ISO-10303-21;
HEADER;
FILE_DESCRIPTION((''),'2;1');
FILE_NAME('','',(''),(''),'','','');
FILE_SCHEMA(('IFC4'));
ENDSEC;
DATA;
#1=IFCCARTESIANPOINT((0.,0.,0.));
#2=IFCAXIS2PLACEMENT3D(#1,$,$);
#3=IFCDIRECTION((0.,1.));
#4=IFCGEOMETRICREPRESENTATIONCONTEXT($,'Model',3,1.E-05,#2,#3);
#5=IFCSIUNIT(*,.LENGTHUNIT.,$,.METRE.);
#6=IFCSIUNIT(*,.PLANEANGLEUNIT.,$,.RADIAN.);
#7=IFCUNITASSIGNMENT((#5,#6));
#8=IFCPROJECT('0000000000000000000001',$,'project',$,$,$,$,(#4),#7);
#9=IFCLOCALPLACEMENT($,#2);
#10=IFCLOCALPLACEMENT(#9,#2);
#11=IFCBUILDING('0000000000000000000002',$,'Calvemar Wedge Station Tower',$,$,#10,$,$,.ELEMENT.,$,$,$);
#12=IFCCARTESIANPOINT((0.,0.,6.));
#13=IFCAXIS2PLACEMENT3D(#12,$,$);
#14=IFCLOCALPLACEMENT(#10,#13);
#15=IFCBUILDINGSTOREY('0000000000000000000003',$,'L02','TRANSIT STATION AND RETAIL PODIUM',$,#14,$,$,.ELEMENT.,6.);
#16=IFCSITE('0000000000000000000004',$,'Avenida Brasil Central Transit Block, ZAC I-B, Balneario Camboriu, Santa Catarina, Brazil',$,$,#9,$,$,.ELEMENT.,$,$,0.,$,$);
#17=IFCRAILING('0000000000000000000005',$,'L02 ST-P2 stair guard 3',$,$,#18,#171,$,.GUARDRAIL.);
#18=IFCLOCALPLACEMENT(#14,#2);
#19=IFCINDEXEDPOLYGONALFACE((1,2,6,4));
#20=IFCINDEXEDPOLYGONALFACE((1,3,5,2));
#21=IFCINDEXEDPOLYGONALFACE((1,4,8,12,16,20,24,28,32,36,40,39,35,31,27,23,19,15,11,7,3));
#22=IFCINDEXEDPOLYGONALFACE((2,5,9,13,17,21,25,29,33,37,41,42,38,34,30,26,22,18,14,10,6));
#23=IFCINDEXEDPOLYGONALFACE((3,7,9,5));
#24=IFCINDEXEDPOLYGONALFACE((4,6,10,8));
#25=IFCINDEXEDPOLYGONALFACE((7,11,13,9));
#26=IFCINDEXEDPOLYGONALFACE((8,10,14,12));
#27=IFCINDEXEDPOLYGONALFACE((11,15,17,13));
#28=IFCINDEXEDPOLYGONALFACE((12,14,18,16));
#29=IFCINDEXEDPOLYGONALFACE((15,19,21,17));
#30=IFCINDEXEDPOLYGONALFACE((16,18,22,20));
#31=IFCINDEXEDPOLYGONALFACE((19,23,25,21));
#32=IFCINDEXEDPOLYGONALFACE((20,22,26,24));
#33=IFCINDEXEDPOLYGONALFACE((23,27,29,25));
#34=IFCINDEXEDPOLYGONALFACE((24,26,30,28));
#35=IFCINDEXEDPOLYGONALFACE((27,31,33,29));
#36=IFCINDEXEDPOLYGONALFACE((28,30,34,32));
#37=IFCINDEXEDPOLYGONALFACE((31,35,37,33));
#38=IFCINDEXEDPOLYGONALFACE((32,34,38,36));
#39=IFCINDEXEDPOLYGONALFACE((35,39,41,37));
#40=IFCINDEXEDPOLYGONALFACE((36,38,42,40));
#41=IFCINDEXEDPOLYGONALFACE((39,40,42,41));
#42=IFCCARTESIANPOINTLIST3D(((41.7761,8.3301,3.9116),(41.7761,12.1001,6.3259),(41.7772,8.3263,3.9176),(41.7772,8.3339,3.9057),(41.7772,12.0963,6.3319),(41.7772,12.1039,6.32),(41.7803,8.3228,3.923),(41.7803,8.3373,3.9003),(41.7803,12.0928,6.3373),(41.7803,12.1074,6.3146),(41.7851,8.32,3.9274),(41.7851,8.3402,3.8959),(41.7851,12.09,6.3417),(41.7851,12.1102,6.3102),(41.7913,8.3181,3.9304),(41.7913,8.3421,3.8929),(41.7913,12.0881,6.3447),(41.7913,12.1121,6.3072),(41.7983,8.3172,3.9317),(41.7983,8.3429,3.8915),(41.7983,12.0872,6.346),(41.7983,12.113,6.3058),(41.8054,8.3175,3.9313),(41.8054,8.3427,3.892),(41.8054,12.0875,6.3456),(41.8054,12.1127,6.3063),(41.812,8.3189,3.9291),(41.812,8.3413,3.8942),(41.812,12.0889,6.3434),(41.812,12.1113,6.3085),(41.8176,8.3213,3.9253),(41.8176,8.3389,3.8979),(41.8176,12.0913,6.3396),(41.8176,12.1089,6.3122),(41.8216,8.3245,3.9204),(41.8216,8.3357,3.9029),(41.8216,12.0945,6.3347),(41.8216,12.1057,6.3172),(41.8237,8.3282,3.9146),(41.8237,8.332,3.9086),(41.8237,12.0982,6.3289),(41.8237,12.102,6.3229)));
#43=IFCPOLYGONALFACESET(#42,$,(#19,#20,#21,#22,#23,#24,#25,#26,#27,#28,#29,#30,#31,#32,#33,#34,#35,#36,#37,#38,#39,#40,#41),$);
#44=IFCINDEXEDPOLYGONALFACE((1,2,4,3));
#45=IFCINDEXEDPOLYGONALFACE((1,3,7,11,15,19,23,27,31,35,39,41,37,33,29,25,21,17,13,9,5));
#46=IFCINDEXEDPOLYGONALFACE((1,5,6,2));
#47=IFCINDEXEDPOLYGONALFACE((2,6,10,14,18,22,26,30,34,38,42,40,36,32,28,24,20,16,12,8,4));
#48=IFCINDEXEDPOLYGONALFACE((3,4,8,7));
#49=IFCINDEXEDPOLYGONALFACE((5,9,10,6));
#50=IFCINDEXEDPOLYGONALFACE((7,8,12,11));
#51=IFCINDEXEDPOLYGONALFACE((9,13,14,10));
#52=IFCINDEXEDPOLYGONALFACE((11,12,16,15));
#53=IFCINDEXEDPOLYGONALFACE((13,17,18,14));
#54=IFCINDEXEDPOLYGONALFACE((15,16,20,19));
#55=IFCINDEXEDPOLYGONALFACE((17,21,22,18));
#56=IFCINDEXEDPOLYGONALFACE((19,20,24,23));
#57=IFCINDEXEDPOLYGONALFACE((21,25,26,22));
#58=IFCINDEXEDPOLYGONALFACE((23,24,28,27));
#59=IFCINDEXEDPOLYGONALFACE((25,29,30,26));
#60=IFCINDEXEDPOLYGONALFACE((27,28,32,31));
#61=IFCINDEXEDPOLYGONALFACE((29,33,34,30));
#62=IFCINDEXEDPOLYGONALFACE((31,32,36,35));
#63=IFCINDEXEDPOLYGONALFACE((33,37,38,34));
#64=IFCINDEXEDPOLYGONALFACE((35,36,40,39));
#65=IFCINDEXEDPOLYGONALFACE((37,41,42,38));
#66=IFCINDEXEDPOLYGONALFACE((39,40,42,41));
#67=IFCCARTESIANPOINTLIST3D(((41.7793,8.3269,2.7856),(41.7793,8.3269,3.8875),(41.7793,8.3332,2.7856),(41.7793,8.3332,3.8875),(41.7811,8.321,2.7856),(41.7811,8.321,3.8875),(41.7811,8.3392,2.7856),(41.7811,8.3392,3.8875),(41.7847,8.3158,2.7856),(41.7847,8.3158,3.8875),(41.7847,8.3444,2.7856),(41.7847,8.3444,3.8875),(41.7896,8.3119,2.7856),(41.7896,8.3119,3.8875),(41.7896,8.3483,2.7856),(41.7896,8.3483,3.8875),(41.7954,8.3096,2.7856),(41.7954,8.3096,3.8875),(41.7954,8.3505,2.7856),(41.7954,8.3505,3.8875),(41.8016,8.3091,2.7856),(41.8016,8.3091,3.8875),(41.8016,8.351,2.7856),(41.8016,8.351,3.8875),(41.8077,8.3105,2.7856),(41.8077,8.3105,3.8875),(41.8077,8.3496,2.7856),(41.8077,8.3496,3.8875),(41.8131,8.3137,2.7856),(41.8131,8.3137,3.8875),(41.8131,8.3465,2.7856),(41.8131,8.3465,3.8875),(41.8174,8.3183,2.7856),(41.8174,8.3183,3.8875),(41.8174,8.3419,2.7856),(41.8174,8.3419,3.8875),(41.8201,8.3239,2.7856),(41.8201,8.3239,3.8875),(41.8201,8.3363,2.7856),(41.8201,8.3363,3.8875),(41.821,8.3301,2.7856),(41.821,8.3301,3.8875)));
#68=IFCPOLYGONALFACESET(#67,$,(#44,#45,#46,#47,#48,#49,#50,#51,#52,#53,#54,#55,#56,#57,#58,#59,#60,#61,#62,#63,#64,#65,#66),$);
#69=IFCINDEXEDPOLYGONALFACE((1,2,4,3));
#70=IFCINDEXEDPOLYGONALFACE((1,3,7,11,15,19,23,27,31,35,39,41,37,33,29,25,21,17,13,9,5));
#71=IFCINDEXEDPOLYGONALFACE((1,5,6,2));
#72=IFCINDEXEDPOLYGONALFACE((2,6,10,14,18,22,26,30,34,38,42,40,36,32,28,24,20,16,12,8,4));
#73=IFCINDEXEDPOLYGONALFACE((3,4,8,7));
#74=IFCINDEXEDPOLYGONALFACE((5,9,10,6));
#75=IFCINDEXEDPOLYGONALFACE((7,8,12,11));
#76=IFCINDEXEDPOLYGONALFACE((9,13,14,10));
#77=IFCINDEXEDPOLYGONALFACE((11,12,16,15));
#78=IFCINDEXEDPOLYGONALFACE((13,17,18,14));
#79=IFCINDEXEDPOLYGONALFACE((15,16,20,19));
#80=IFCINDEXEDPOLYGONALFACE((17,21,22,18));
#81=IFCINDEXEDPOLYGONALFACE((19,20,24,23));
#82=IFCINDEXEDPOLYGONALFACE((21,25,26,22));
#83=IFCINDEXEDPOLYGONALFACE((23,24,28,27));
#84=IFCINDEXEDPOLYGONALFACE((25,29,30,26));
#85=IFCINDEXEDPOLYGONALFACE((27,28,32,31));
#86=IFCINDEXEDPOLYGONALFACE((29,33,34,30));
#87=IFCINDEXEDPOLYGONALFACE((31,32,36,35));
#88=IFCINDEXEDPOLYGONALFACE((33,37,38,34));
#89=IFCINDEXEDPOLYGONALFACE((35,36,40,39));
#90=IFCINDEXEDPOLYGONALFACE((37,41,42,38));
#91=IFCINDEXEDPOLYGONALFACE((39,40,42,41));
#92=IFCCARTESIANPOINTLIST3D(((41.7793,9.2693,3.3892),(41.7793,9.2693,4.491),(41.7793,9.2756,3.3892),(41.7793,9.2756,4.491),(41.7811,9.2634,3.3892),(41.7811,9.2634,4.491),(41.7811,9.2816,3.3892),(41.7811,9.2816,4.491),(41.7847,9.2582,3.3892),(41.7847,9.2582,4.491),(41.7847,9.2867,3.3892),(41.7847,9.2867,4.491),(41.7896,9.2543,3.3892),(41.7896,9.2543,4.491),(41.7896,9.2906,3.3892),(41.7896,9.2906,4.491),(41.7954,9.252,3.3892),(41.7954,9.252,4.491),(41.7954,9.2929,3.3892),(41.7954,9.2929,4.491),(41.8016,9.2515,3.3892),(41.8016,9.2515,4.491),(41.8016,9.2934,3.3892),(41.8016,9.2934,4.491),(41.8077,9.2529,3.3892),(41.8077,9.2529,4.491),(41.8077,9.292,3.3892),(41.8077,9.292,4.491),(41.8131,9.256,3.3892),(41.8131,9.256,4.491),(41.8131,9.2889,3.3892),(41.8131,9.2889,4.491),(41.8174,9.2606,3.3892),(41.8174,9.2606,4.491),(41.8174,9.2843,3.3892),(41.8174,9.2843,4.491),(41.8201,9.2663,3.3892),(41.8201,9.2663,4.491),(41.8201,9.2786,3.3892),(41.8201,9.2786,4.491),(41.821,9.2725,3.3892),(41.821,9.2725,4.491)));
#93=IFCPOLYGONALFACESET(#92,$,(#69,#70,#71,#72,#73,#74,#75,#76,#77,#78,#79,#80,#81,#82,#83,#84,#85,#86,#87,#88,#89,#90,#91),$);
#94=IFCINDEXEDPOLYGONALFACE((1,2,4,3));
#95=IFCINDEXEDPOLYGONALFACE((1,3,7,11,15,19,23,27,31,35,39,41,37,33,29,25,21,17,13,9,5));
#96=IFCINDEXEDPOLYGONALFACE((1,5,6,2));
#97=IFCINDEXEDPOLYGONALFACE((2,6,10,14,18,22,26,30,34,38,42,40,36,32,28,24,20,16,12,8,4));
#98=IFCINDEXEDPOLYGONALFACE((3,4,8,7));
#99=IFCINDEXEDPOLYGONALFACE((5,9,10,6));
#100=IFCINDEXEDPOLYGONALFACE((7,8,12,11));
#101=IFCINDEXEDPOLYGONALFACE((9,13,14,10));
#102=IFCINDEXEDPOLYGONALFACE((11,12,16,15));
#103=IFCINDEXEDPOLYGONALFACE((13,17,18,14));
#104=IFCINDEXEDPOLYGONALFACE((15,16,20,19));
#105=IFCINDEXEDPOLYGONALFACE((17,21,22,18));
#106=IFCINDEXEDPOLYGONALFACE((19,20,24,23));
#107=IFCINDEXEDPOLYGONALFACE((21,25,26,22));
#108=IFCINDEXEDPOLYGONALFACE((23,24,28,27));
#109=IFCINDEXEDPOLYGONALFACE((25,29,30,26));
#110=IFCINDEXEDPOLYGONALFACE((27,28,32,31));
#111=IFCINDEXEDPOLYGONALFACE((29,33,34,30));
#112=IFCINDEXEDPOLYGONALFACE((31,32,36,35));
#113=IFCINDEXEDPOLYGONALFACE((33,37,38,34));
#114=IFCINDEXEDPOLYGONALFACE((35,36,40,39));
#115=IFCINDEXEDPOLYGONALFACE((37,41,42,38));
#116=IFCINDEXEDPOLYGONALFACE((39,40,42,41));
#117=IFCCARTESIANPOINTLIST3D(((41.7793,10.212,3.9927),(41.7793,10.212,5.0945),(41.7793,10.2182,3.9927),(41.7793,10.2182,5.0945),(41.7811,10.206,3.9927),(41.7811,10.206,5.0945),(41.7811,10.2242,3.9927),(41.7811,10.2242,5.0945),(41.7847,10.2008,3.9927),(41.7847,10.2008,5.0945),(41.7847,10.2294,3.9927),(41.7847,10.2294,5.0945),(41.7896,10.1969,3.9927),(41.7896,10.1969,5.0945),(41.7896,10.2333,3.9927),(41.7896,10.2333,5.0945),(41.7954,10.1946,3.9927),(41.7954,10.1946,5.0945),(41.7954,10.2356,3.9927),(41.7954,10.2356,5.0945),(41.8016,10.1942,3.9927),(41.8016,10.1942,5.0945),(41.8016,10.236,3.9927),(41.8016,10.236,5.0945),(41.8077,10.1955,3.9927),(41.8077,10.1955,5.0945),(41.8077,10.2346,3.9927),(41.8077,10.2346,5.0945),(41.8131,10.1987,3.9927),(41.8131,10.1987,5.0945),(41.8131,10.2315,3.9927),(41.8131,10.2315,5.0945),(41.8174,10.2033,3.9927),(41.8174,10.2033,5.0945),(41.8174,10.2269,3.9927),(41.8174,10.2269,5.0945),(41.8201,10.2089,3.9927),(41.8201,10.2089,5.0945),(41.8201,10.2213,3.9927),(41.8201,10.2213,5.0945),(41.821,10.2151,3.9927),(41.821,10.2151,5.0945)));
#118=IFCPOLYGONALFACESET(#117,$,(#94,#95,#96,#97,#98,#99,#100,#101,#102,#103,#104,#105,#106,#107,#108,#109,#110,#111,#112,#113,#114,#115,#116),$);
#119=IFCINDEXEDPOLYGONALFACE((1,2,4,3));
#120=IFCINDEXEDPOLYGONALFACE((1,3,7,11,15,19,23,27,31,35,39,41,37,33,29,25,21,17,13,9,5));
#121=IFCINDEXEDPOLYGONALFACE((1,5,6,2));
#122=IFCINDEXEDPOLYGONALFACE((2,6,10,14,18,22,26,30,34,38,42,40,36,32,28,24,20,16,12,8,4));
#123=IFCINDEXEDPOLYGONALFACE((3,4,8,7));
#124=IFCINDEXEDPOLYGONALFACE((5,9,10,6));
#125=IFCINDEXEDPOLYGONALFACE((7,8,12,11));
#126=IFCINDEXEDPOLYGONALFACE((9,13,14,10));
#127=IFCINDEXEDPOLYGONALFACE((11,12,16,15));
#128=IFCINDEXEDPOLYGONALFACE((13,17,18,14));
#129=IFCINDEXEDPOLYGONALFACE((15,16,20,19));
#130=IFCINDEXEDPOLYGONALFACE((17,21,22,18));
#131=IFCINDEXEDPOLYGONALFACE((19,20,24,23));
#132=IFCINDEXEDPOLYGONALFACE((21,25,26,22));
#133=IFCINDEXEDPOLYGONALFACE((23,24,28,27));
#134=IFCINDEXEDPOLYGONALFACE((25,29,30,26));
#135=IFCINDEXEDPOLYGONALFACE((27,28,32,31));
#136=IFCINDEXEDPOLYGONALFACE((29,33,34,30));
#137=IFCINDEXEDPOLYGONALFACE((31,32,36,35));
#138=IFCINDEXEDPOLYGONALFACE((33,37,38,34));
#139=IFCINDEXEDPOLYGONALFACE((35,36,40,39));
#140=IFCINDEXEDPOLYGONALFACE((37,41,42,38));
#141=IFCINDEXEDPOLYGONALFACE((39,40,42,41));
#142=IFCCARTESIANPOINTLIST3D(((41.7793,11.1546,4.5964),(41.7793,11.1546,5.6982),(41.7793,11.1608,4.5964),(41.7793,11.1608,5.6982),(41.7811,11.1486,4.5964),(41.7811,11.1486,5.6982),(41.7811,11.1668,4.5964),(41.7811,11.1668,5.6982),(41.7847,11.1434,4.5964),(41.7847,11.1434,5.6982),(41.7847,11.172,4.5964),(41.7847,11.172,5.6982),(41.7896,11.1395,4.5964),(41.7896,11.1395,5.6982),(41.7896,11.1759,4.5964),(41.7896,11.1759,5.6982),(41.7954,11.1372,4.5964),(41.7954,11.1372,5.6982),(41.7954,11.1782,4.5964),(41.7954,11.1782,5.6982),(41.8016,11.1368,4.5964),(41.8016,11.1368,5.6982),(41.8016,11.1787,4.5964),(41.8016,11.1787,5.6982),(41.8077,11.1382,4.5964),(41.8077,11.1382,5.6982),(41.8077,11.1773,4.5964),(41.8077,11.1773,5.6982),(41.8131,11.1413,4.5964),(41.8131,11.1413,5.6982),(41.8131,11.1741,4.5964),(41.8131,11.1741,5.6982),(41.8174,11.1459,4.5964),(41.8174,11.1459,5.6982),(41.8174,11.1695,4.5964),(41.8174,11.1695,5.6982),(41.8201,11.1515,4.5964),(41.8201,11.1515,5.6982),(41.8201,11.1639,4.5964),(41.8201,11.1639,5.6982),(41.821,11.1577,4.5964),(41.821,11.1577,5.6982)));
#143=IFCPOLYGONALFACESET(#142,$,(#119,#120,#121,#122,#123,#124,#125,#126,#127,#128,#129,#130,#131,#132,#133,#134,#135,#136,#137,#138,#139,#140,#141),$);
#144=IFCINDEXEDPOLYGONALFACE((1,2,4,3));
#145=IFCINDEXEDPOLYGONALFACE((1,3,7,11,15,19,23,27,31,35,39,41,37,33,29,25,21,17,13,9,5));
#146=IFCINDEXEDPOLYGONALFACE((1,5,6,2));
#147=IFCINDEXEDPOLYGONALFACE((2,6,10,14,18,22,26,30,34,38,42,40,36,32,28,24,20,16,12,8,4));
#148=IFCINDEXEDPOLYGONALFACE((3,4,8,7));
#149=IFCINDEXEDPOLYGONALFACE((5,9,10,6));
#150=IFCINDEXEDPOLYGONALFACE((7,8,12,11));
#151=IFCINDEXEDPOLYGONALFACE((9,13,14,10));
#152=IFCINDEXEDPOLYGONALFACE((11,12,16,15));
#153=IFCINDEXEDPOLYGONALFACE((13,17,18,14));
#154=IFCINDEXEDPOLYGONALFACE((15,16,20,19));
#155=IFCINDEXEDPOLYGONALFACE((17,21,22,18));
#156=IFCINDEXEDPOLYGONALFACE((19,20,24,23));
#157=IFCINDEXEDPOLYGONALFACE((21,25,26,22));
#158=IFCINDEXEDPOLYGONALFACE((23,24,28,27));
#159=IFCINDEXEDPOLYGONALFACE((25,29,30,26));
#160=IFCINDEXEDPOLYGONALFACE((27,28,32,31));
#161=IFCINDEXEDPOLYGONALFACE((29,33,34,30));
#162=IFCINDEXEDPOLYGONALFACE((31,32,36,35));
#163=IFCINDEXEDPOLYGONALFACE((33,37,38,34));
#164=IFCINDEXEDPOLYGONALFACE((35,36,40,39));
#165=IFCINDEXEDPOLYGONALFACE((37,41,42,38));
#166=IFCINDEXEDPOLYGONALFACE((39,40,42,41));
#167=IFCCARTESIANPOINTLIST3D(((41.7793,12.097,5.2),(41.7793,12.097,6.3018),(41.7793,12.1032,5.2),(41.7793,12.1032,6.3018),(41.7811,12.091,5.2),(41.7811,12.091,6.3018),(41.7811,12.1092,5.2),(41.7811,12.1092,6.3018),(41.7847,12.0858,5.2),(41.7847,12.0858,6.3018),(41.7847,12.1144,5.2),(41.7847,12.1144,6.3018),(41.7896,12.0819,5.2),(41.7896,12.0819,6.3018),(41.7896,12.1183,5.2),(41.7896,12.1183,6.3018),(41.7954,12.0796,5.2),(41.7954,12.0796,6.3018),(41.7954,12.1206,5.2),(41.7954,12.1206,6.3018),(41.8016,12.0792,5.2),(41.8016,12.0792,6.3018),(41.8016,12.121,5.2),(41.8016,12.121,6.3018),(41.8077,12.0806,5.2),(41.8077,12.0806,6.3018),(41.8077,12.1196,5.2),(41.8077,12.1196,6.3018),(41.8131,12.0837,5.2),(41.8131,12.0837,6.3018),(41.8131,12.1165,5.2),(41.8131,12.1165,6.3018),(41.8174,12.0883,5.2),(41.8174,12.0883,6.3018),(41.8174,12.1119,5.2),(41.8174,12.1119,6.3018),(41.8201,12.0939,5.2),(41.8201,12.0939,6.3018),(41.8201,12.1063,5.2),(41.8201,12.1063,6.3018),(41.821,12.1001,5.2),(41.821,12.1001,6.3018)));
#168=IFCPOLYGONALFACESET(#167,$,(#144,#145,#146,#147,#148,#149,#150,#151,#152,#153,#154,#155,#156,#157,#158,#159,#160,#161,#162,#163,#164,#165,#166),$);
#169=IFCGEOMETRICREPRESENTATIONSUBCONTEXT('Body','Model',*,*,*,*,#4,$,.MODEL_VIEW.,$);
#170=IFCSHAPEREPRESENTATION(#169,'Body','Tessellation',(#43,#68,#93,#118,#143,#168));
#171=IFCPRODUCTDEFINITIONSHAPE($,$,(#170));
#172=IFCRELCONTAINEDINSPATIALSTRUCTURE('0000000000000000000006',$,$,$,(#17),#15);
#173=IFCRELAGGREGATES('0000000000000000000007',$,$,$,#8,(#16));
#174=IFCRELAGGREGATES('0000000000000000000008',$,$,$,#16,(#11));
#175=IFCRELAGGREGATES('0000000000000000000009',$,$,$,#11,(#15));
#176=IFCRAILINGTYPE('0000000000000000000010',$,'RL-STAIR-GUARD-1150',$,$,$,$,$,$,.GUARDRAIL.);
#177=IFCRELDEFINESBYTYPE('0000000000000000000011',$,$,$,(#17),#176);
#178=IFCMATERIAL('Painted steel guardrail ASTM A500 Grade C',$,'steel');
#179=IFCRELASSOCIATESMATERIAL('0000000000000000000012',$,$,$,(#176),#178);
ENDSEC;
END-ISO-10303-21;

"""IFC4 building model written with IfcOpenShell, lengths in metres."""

from ifc_helpers import new_model, si_unit, direction, frame, origin, origin_2d, place, context, subcontext, project, spatial, circle, extrude, material, type_object, element, save


model = new_model("IFC4")

# Units and contexts
model_context = context("Model", 3, precision=1e-05, world=origin(), true_north=direction((0.0, 1.0)))
body_context = subcontext(model_context, "Body", "Model", "MODEL_VIEW")
ifc_project = project(units=[si_unit("LENGTHUNIT", "METRE"), si_unit("PLANEANGLEUNIT", "RADIAN")], contexts=[model_context])

# Site, building, storey
site_placement = place(None, origin())
site = spatial("IfcSite", under=ifc_project, at=site_placement, Name="Avenida Brasil Central Transit Block, ZAC I-B, Balneario Camboriu, Santa Catarina, Brazil", CompositionType="ELEMENT", RefElevation=0.0)
building_placement = place(site_placement, origin())
building = spatial("IfcBuilding", under=site, at=building_placement, Name="Calvemar Wedge Station Tower", CompositionType="ELEMENT")
storey_placement = place(building_placement, frame((0.0, 0.0, 6.0)))
storey = spatial("IfcBuildingStorey", under=building, at=storey_placement, Name="L02", Description="TRANSIT STATION AND RETAIL PODIUM", CompositionType="ELEMENT", Elevation=6.0)

# Railing
ifc_material_1 = material(Name="Painted steel guardrail ASTM A500 Grade C", Category="steel")
railing_type_1 = type_object("IfcRailingType", Name="RL-STAIR-GUARD-1150", PredefinedType="GUARDRAIL", material=ifc_material_1)
railing_1_placement = place(storey_placement, frame((41.8, 8.3301, 2.7856)))
element("IfcRailing", 1, at=railing_1_placement, inside=storey, type_object=railing_type_1, Name="L02 ST-P2 stair guard 3", PredefinedType="GUARDRAIL", context=body_context, shape_type="SweptSolid", body=[
    extrude(circle(Radius=0.0239, at=origin_2d()), frame((0.0, 0.0, 1.126), z_axis=(0.0, 0.84212, 0.53929), x_axis=(-1.0, 0.0, 0.0)), (0.0, 0.0, 1.0), 4.4768),
    extrude(circle(Radius=0.021, at=origin_2d()), origin(), (0.0, 0.0, 1.0), 1.1018),
    extrude(circle(Radius=0.021, at=origin_2d()), frame((0.0, 0.9424, 0.6035)), (0.0, 0.0, 1.0), 1.1018),
    extrude(circle(Radius=0.021, at=origin_2d()), frame((0.0, 1.885, 1.207)), (0.0, 0.0, 1.0), 1.1018),
    extrude(circle(Radius=0.021, at=origin_2d()), frame((0.0, 2.8276, 1.8108)), (0.0, 0.0, 1.0), 1.1018),
    extrude(circle(Radius=0.021, at=origin_2d()), frame((0.0, 3.77, 2.4143)), (0.0, 0.0, 1.0), 1.1018),
])

save(model, "model.ifc")
